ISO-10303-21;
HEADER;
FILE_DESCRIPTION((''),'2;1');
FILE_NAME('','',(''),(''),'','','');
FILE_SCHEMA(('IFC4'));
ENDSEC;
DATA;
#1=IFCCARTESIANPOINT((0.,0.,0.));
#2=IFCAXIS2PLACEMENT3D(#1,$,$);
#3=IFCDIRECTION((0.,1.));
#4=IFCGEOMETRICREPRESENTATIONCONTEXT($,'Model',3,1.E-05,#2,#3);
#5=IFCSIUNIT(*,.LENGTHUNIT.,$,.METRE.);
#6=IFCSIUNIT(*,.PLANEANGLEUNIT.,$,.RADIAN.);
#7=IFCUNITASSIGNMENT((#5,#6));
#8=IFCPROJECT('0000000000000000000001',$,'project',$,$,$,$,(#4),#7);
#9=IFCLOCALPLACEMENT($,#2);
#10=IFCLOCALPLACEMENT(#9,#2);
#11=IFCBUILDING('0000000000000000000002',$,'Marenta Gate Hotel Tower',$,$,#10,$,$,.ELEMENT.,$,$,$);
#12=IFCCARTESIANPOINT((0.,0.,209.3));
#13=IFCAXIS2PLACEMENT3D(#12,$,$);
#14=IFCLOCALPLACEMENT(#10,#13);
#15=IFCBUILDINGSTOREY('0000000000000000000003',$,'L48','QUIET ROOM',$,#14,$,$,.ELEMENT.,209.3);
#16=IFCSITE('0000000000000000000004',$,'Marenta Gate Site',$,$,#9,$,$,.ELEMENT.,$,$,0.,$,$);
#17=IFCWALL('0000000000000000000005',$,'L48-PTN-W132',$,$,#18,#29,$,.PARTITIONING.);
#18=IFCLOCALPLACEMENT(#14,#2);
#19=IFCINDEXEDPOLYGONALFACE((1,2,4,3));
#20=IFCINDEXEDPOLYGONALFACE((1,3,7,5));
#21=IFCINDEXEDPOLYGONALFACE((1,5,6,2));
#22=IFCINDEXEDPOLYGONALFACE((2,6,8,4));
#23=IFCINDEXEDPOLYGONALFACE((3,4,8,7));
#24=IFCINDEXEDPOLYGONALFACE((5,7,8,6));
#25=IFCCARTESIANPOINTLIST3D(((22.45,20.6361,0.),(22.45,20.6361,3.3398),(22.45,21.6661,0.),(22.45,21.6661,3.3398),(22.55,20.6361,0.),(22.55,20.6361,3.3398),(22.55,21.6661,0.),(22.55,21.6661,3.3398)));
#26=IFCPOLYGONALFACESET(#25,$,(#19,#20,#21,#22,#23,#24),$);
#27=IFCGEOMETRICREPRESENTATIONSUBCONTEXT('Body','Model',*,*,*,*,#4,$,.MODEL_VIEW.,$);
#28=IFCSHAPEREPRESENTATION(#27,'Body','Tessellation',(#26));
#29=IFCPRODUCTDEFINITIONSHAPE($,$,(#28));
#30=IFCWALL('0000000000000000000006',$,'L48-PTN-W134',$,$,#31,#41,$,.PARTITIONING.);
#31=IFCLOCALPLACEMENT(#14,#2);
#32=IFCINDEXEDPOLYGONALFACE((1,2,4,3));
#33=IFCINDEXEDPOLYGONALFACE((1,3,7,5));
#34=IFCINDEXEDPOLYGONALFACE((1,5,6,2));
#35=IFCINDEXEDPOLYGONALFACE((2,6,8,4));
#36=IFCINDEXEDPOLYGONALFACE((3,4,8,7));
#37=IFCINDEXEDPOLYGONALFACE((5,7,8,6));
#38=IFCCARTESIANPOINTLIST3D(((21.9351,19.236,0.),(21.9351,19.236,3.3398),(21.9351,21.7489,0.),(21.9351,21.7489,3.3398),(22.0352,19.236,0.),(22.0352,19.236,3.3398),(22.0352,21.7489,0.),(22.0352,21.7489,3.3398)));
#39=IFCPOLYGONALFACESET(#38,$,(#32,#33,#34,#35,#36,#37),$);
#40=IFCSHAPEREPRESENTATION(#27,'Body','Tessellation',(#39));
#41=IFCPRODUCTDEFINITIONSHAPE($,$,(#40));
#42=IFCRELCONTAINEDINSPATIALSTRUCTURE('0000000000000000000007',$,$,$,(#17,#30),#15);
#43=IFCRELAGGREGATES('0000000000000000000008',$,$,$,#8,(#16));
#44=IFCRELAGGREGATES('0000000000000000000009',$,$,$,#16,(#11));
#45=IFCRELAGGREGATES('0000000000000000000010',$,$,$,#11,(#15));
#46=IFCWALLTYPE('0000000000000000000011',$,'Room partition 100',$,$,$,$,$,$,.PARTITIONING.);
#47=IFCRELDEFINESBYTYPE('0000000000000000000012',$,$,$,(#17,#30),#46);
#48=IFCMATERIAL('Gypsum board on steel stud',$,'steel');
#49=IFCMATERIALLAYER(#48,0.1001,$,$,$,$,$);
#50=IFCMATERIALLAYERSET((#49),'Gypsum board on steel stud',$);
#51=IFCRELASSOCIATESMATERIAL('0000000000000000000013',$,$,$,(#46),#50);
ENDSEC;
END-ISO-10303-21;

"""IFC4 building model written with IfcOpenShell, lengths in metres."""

from ifc_helpers import new_model, si_unit, direction, frame, frame_2d, origin, place, context, subcontext, project, spatial, rectangle, extrude, material, layer, layer_set, type_object, element, save


model = new_model("IFC4")

# Units and contexts
model_context = context("Model", 3, precision=1e-05, world=origin(), true_north=direction((0.0, 1.0)))
body_context = subcontext(model_context, "Body", "Model", "MODEL_VIEW")
ifc_project = project(units=[si_unit("LENGTHUNIT", "METRE"), si_unit("PLANEANGLEUNIT", "RADIAN")], contexts=[model_context])

# Site, building, storey
site_placement = place(None, origin())
site = spatial("IfcSite", under=ifc_project, at=site_placement, Name="Marenta Gate Site", CompositionType="ELEMENT", RefElevation=0.0)
building_placement = place(site_placement, origin())
building = spatial("IfcBuilding", under=site, at=building_placement, Name="Marenta Gate Hotel Tower", CompositionType="ELEMENT")
storey_placement = place(building_placement, frame((0.0, 0.0, 209.3)))
storey = spatial("IfcBuildingStorey", under=building, at=storey_placement, Name="L48", Description="QUIET ROOM", CompositionType="ELEMENT", Elevation=209.3)

# Walls
ifc_material_1 = material(Name="Gypsum board on steel stud", Category="steel")
ifc_layer_1 = layer(ifc_material_1, 0.1001)
ifc_layer_set_1 = layer_set([ifc_layer_1], Name="Gypsum board on steel stud")
wall_type_1 = type_object("IfcWallType", Name="Room partition 100", PredefinedType="PARTITIONING", material=ifc_layer_set_1)
wall_1_placement = place(storey_placement, frame((22.5, 20.636, 0.0), z_axis=(0.0, 0.0, 1.0), x_axis=(0.0, 1.0, 0.0)))
element("IfcWall", 1, at=wall_1_placement, inside=storey, type_object=wall_type_1, Name="L48-PTN-W132", PredefinedType="PARTITIONING", context=body_context, shape_type="SweptSolid", body=[
    extrude(rectangle(XDim=1.03, YDim=0.1001, at=frame_2d((0.5151, 0.0))), origin(), (0.0, 0.0, 1.0), 3.3398),
])
wall_2_placement = place(storey_placement, frame((21.9851, 19.2361, 0.0), z_axis=(0.0, 0.0, 1.0), x_axis=(0.0, 1.0, 0.0)))
element("IfcWall", 2, at=wall_2_placement, inside=storey, type_object=wall_type_1, Name="L48-PTN-W134", PredefinedType="PARTITIONING", context=body_context, shape_type="SweptSolid", body=[
    extrude(rectangle(XDim=2.5129, YDim=0.1001, at=frame_2d((1.2563, 0.0))), origin(), (0.0, 0.0, 1.0), 3.3398),
])

save(model, "model.ifc")
